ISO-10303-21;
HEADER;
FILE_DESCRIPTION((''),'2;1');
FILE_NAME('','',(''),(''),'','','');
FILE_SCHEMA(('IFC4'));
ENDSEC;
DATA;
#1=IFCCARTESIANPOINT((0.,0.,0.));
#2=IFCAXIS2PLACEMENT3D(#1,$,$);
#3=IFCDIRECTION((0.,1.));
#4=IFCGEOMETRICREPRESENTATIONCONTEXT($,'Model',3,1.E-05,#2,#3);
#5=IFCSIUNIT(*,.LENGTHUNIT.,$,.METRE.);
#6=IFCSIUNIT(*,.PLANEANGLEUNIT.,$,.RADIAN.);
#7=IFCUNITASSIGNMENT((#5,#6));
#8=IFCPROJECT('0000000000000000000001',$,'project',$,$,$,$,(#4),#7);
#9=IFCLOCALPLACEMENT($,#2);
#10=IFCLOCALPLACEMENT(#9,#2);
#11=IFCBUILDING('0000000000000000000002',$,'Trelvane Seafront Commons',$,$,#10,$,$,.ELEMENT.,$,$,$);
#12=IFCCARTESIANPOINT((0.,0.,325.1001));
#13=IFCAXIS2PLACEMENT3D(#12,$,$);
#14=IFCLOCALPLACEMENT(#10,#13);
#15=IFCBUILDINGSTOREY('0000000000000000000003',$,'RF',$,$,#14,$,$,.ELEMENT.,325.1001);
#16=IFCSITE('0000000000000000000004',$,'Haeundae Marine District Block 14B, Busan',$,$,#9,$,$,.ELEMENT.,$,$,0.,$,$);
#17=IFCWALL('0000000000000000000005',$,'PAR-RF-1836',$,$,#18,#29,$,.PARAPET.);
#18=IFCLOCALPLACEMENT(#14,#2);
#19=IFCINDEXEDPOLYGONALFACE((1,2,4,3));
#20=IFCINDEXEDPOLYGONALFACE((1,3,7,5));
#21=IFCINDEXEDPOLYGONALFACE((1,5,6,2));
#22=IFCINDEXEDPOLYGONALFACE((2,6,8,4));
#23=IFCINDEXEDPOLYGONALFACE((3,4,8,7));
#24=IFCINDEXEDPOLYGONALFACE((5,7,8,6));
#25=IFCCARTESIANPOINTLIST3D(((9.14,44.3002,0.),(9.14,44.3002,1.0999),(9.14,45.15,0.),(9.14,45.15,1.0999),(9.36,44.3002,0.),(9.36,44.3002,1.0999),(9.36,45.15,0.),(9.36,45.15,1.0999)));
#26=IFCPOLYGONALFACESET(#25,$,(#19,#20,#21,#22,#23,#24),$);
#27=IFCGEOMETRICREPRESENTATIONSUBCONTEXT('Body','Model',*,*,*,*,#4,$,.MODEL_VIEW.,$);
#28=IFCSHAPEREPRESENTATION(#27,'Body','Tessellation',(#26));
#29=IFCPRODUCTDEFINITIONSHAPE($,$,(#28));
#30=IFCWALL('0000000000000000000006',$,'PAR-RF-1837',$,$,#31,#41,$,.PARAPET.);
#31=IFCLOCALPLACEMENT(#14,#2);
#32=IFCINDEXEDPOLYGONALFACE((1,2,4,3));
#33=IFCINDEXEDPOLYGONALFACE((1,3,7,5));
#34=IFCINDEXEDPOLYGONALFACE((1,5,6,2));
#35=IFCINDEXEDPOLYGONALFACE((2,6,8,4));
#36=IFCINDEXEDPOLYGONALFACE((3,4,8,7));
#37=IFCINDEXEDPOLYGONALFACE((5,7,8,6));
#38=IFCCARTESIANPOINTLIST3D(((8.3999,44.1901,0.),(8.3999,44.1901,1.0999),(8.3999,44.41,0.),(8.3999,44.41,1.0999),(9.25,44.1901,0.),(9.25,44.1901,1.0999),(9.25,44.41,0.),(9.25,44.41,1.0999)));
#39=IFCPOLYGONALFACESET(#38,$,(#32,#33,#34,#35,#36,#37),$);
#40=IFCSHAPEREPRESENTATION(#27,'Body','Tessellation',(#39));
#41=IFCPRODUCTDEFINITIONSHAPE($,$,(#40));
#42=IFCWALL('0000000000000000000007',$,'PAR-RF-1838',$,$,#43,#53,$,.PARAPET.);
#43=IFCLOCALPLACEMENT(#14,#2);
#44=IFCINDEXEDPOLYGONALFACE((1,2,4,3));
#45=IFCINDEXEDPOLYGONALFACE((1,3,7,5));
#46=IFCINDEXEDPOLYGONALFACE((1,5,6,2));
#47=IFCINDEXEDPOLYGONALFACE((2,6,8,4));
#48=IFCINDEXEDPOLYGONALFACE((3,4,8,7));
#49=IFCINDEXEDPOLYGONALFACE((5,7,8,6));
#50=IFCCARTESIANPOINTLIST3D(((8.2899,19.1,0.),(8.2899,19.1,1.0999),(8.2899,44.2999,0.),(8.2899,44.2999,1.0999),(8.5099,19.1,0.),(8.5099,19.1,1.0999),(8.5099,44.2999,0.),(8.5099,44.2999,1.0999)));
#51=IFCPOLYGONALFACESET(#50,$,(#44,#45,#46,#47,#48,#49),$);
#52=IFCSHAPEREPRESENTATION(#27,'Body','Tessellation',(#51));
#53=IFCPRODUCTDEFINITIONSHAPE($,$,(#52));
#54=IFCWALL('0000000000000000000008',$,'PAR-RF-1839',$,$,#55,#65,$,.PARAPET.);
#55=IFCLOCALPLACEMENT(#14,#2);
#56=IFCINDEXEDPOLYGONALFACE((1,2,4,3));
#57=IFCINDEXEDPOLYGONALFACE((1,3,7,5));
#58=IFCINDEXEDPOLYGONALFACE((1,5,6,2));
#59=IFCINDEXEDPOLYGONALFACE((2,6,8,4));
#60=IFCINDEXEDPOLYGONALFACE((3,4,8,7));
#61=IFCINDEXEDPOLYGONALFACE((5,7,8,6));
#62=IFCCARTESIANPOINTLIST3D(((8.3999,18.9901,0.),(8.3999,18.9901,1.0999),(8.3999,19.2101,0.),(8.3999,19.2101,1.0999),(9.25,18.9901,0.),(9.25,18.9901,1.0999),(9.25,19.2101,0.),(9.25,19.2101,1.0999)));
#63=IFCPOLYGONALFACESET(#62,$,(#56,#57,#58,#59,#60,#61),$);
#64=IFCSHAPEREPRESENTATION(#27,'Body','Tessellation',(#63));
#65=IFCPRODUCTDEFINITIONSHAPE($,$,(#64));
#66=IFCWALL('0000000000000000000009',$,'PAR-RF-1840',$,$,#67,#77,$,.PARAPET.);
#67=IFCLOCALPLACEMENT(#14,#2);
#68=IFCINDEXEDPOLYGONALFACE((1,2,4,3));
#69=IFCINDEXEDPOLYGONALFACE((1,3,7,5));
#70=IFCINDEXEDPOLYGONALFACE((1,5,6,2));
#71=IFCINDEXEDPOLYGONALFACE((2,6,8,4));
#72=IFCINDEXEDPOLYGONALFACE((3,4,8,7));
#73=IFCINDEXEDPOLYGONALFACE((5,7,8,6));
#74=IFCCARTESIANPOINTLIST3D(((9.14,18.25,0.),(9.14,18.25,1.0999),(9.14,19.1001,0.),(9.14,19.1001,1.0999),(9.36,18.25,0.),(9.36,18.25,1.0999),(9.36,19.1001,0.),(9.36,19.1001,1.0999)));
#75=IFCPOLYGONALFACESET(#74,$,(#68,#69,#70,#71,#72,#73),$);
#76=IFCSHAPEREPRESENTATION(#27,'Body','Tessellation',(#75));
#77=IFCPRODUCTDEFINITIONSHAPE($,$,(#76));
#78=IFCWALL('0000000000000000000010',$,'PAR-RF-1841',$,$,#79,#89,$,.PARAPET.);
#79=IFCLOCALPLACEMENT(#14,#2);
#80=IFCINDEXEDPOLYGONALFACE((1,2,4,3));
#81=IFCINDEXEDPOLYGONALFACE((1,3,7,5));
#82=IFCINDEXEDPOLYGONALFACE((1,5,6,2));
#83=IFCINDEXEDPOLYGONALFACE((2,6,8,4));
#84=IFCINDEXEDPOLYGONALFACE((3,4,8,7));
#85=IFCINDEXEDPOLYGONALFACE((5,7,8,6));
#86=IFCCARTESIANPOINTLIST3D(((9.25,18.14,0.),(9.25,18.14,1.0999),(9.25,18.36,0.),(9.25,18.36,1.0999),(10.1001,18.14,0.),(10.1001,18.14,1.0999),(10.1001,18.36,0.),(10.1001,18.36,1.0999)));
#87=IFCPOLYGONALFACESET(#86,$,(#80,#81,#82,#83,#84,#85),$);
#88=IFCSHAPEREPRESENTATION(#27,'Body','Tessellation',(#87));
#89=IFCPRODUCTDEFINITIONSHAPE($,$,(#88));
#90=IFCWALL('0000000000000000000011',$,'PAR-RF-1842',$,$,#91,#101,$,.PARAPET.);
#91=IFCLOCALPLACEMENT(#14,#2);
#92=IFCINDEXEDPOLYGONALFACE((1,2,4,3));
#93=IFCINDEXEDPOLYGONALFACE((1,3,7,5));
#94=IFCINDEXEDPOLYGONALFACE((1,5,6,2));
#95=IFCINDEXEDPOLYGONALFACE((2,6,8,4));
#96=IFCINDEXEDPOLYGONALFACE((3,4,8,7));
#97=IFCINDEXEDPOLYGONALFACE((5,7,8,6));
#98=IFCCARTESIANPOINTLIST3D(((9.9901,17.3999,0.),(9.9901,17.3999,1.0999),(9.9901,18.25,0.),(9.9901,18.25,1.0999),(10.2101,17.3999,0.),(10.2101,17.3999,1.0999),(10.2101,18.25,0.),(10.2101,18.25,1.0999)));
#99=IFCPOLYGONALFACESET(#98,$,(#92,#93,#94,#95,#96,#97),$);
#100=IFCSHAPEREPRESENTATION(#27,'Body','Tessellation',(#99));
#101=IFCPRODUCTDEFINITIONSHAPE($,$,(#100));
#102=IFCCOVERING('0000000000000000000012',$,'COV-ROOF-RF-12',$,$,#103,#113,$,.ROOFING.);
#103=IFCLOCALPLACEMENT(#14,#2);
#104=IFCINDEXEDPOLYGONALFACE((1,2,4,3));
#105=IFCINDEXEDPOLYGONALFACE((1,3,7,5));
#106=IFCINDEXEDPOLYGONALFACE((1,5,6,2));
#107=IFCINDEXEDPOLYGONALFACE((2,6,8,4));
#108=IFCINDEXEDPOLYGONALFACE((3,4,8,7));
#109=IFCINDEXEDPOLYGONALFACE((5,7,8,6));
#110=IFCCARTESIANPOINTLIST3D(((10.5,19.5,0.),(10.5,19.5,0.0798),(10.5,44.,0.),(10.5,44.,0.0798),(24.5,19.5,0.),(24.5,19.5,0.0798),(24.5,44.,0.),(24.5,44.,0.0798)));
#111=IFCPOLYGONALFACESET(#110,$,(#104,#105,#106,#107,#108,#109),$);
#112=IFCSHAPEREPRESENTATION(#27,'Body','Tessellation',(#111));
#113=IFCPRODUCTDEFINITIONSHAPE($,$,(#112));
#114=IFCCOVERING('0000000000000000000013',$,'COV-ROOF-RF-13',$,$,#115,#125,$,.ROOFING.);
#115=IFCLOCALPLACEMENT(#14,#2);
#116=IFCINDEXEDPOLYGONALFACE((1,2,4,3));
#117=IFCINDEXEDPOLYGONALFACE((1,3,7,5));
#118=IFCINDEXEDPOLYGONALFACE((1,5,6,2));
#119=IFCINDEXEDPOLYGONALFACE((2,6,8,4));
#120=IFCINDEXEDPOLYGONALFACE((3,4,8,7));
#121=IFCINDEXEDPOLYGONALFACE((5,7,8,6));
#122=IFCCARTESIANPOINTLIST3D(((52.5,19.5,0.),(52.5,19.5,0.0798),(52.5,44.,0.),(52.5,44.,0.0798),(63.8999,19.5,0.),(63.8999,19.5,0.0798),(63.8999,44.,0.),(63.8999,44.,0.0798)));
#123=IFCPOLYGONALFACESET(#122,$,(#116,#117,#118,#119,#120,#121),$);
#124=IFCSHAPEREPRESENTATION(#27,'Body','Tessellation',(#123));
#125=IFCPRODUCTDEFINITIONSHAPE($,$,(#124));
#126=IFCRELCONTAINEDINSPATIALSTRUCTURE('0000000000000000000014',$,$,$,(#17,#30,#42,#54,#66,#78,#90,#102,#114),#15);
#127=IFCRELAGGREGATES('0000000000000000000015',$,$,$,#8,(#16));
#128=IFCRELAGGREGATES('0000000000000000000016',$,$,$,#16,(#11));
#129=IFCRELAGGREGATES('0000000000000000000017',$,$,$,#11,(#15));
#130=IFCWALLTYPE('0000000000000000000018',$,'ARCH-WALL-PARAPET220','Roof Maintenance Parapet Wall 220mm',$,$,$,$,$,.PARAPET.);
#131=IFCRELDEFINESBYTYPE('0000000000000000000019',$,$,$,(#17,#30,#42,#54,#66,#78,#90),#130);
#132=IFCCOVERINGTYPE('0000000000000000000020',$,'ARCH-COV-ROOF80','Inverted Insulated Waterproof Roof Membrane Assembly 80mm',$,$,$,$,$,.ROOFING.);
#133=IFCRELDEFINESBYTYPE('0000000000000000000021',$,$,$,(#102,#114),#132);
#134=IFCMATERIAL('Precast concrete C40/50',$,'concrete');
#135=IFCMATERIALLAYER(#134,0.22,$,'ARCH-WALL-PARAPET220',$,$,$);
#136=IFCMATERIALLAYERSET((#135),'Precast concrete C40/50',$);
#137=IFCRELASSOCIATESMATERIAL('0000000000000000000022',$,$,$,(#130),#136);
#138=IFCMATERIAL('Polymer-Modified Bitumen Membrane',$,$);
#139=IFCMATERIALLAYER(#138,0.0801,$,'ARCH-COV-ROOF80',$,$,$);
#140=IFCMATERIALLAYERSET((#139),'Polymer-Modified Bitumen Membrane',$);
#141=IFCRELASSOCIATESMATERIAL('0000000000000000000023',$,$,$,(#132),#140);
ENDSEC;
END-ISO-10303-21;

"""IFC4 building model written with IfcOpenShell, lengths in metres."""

from ifc_helpers import new_model, si_unit, direction, frame, frame_2d, origin, place, context, subcontext, project, spatial, polyline, rectangle, outline, extrude, material, layer, layer_set, type_object, element, save


model = new_model("IFC4")

# Units and contexts
model_context = context("Model", 3, precision=1e-05, world=origin(), true_north=direction((0.0, 1.0)))
body_context = subcontext(model_context, "Body", "Model", "MODEL_VIEW")
ifc_project = project(units=[si_unit("LENGTHUNIT", "METRE"), si_unit("PLANEANGLEUNIT", "RADIAN")], contexts=[model_context])

# Site, building, storey
site_placement = place(None, origin())
site = spatial("IfcSite", under=ifc_project, at=site_placement, Name="Haeundae Marine District Block 14B, Busan", CompositionType="ELEMENT", RefElevation=0.0)
building_placement = place(site_placement, origin())
building = spatial("IfcBuilding", under=site, at=building_placement, Name="Trelvane Seafront Commons", CompositionType="ELEMENT")
storey_placement = place(building_placement, frame((0.0, 0.0, 325.1001)))
storey = spatial("IfcBuildingStorey", under=building, at=storey_placement, Name="RF", CompositionType="ELEMENT", Elevation=325.1001)

# Walls
ifc_material_1 = material(Name="Precast concrete C40/50", Category="concrete")
ifc_layer_1 = layer(ifc_material_1, 0.22, Name="ARCH-WALL-PARAPET220")
ifc_layer_set_1 = layer_set([ifc_layer_1], Name="Precast concrete C40/50")
wall_type = type_object("IfcWallType", Name="ARCH-WALL-PARAPET220", Description="Roof Maintenance Parapet Wall 220mm", PredefinedType="PARAPET", material=ifc_layer_set_1)
wall_1_placement = place(storey_placement, frame((9.25, 45.1499, 0.0), z_axis=(0.0, 0.0, 1.0), x_axis=(0.0, -1.0, 0.0)))
element("IfcWall", 1, at=wall_1_placement, inside=storey, type_object=wall_type, Name="PAR-RF-1836", PredefinedType="PARAPET", context=body_context, shape_type="SweptSolid", body=[
    extrude(rectangle(XDim=0.8499, YDim=0.22, at=frame_2d((0.4248, 0.0))), origin(), (0.0, 0.0, 1.0), 1.0999),
])
wall_2_placement = place(storey_placement, frame((9.25, 44.3, 0.0), z_axis=(0.0, 0.0, 1.0), x_axis=(-1.0, 0.0, 0.0)))
element("IfcWall", 2, at=wall_2_placement, inside=storey, type_object=wall_type, Name="PAR-RF-1837", PredefinedType="PARAPET", context=body_context, shape_type="SweptSolid", body=[
    extrude(rectangle(XDim=0.8501, YDim=0.22, at=frame_2d((0.425, 0.0))), origin(), (0.0, 0.0, 1.0), 1.0999),
])
wall_3_placement = place(storey_placement, frame((8.3999, 44.3, 0.0), z_axis=(0.0, 0.0, 1.0), x_axis=(0.0, -1.0, 0.0)))
element("IfcWall", 3, at=wall_3_placement, inside=storey, type_object=wall_type, Name="PAR-RF-1838", PredefinedType="PARAPET", context=body_context, shape_type="SweptSolid", body=[
    extrude(rectangle(XDim=25.2, YDim=0.22, at=frame_2d((12.6001, 0.0))), origin(), (0.0, 0.0, 1.0), 1.0999),
])
for number, where, z_axis, x_axis, name in (
    (4, (8.3999, 19.1001, 0.0), (0.0, 0.0, 1.0), (1.0, 0.0, 0.0), "PAR-RF-1839"),
    (5, (9.25, 19.1001, 0.0), (0.0, 0.0, 1.0), (0.0, -1.0, 0.0), "PAR-RF-1840"),
    (6, (9.25, 18.25, 0.0), (0.0, 0.0, 1.0), (1.0, 0.0, 0.0), "PAR-RF-1841"),
    (7, (10.1001, 18.25, 0.0), (0.0, 0.0, 1.0), (0.0, -1.0, 0.0), "PAR-RF-1842"),
):
    element("IfcWall", number, at=place(storey_placement, frame(where, z_axis=z_axis, x_axis=x_axis)), inside=storey, type_object=wall_type, Name=name, PredefinedType="PARAPET", context=body_context, shape_type="SweptSolid", body=[
        extrude(rectangle(XDim=0.8501, YDim=0.22, at=frame_2d((0.425, 0.0))), origin(), (0.0, 0.0, 1.0), 1.0999),
    ])

# Coverings
ifc_material_2 = material(Name="Polymer-Modified Bitumen Membrane")
ifc_layer_2 = layer(ifc_material_2, 0.0801, Name="ARCH-COV-ROOF80")
ifc_layer_set_2 = layer_set([ifc_layer_2], Name="Polymer-Modified Bitumen Membrane")
covering_type = type_object("IfcCoveringType", Name="ARCH-COV-ROOF80", Description="Inverted Insulated Waterproof Roof Membrane Assembly 80mm", PredefinedType="ROOFING", material=ifc_layer_set_2)
covering_1_placement = place(storey_placement, origin())
element("IfcCovering", 8, at=covering_1_placement, inside=storey, type_object=covering_type, Name="COV-ROOF-RF-12", PredefinedType="ROOFING", context=body_context, shape_type="SweptSolid", body=[
    extrude(outline(polyline([(10.5, 19.5), (24.5, 19.5), (24.5, 44.0), (10.5, 44.0), (10.5, 19.5)])), origin(), (0.0, 0.0, 1.0), 0.0798),
])
covering_2_placement = place(storey_placement, origin())
element("IfcCovering", 9, at=covering_2_placement, inside=storey, type_object=covering_type, Name="COV-ROOF-RF-13", PredefinedType="ROOFING", context=body_context, shape_type="SweptSolid", body=[
    extrude(outline(polyline([(52.5, 19.5), (63.8999, 19.5), (63.8999, 44.0), (52.5, 44.0), (52.5, 19.5)])), origin(), (0.0, 0.0, 1.0), 0.0798),
])

save(model, "model.ifc")
